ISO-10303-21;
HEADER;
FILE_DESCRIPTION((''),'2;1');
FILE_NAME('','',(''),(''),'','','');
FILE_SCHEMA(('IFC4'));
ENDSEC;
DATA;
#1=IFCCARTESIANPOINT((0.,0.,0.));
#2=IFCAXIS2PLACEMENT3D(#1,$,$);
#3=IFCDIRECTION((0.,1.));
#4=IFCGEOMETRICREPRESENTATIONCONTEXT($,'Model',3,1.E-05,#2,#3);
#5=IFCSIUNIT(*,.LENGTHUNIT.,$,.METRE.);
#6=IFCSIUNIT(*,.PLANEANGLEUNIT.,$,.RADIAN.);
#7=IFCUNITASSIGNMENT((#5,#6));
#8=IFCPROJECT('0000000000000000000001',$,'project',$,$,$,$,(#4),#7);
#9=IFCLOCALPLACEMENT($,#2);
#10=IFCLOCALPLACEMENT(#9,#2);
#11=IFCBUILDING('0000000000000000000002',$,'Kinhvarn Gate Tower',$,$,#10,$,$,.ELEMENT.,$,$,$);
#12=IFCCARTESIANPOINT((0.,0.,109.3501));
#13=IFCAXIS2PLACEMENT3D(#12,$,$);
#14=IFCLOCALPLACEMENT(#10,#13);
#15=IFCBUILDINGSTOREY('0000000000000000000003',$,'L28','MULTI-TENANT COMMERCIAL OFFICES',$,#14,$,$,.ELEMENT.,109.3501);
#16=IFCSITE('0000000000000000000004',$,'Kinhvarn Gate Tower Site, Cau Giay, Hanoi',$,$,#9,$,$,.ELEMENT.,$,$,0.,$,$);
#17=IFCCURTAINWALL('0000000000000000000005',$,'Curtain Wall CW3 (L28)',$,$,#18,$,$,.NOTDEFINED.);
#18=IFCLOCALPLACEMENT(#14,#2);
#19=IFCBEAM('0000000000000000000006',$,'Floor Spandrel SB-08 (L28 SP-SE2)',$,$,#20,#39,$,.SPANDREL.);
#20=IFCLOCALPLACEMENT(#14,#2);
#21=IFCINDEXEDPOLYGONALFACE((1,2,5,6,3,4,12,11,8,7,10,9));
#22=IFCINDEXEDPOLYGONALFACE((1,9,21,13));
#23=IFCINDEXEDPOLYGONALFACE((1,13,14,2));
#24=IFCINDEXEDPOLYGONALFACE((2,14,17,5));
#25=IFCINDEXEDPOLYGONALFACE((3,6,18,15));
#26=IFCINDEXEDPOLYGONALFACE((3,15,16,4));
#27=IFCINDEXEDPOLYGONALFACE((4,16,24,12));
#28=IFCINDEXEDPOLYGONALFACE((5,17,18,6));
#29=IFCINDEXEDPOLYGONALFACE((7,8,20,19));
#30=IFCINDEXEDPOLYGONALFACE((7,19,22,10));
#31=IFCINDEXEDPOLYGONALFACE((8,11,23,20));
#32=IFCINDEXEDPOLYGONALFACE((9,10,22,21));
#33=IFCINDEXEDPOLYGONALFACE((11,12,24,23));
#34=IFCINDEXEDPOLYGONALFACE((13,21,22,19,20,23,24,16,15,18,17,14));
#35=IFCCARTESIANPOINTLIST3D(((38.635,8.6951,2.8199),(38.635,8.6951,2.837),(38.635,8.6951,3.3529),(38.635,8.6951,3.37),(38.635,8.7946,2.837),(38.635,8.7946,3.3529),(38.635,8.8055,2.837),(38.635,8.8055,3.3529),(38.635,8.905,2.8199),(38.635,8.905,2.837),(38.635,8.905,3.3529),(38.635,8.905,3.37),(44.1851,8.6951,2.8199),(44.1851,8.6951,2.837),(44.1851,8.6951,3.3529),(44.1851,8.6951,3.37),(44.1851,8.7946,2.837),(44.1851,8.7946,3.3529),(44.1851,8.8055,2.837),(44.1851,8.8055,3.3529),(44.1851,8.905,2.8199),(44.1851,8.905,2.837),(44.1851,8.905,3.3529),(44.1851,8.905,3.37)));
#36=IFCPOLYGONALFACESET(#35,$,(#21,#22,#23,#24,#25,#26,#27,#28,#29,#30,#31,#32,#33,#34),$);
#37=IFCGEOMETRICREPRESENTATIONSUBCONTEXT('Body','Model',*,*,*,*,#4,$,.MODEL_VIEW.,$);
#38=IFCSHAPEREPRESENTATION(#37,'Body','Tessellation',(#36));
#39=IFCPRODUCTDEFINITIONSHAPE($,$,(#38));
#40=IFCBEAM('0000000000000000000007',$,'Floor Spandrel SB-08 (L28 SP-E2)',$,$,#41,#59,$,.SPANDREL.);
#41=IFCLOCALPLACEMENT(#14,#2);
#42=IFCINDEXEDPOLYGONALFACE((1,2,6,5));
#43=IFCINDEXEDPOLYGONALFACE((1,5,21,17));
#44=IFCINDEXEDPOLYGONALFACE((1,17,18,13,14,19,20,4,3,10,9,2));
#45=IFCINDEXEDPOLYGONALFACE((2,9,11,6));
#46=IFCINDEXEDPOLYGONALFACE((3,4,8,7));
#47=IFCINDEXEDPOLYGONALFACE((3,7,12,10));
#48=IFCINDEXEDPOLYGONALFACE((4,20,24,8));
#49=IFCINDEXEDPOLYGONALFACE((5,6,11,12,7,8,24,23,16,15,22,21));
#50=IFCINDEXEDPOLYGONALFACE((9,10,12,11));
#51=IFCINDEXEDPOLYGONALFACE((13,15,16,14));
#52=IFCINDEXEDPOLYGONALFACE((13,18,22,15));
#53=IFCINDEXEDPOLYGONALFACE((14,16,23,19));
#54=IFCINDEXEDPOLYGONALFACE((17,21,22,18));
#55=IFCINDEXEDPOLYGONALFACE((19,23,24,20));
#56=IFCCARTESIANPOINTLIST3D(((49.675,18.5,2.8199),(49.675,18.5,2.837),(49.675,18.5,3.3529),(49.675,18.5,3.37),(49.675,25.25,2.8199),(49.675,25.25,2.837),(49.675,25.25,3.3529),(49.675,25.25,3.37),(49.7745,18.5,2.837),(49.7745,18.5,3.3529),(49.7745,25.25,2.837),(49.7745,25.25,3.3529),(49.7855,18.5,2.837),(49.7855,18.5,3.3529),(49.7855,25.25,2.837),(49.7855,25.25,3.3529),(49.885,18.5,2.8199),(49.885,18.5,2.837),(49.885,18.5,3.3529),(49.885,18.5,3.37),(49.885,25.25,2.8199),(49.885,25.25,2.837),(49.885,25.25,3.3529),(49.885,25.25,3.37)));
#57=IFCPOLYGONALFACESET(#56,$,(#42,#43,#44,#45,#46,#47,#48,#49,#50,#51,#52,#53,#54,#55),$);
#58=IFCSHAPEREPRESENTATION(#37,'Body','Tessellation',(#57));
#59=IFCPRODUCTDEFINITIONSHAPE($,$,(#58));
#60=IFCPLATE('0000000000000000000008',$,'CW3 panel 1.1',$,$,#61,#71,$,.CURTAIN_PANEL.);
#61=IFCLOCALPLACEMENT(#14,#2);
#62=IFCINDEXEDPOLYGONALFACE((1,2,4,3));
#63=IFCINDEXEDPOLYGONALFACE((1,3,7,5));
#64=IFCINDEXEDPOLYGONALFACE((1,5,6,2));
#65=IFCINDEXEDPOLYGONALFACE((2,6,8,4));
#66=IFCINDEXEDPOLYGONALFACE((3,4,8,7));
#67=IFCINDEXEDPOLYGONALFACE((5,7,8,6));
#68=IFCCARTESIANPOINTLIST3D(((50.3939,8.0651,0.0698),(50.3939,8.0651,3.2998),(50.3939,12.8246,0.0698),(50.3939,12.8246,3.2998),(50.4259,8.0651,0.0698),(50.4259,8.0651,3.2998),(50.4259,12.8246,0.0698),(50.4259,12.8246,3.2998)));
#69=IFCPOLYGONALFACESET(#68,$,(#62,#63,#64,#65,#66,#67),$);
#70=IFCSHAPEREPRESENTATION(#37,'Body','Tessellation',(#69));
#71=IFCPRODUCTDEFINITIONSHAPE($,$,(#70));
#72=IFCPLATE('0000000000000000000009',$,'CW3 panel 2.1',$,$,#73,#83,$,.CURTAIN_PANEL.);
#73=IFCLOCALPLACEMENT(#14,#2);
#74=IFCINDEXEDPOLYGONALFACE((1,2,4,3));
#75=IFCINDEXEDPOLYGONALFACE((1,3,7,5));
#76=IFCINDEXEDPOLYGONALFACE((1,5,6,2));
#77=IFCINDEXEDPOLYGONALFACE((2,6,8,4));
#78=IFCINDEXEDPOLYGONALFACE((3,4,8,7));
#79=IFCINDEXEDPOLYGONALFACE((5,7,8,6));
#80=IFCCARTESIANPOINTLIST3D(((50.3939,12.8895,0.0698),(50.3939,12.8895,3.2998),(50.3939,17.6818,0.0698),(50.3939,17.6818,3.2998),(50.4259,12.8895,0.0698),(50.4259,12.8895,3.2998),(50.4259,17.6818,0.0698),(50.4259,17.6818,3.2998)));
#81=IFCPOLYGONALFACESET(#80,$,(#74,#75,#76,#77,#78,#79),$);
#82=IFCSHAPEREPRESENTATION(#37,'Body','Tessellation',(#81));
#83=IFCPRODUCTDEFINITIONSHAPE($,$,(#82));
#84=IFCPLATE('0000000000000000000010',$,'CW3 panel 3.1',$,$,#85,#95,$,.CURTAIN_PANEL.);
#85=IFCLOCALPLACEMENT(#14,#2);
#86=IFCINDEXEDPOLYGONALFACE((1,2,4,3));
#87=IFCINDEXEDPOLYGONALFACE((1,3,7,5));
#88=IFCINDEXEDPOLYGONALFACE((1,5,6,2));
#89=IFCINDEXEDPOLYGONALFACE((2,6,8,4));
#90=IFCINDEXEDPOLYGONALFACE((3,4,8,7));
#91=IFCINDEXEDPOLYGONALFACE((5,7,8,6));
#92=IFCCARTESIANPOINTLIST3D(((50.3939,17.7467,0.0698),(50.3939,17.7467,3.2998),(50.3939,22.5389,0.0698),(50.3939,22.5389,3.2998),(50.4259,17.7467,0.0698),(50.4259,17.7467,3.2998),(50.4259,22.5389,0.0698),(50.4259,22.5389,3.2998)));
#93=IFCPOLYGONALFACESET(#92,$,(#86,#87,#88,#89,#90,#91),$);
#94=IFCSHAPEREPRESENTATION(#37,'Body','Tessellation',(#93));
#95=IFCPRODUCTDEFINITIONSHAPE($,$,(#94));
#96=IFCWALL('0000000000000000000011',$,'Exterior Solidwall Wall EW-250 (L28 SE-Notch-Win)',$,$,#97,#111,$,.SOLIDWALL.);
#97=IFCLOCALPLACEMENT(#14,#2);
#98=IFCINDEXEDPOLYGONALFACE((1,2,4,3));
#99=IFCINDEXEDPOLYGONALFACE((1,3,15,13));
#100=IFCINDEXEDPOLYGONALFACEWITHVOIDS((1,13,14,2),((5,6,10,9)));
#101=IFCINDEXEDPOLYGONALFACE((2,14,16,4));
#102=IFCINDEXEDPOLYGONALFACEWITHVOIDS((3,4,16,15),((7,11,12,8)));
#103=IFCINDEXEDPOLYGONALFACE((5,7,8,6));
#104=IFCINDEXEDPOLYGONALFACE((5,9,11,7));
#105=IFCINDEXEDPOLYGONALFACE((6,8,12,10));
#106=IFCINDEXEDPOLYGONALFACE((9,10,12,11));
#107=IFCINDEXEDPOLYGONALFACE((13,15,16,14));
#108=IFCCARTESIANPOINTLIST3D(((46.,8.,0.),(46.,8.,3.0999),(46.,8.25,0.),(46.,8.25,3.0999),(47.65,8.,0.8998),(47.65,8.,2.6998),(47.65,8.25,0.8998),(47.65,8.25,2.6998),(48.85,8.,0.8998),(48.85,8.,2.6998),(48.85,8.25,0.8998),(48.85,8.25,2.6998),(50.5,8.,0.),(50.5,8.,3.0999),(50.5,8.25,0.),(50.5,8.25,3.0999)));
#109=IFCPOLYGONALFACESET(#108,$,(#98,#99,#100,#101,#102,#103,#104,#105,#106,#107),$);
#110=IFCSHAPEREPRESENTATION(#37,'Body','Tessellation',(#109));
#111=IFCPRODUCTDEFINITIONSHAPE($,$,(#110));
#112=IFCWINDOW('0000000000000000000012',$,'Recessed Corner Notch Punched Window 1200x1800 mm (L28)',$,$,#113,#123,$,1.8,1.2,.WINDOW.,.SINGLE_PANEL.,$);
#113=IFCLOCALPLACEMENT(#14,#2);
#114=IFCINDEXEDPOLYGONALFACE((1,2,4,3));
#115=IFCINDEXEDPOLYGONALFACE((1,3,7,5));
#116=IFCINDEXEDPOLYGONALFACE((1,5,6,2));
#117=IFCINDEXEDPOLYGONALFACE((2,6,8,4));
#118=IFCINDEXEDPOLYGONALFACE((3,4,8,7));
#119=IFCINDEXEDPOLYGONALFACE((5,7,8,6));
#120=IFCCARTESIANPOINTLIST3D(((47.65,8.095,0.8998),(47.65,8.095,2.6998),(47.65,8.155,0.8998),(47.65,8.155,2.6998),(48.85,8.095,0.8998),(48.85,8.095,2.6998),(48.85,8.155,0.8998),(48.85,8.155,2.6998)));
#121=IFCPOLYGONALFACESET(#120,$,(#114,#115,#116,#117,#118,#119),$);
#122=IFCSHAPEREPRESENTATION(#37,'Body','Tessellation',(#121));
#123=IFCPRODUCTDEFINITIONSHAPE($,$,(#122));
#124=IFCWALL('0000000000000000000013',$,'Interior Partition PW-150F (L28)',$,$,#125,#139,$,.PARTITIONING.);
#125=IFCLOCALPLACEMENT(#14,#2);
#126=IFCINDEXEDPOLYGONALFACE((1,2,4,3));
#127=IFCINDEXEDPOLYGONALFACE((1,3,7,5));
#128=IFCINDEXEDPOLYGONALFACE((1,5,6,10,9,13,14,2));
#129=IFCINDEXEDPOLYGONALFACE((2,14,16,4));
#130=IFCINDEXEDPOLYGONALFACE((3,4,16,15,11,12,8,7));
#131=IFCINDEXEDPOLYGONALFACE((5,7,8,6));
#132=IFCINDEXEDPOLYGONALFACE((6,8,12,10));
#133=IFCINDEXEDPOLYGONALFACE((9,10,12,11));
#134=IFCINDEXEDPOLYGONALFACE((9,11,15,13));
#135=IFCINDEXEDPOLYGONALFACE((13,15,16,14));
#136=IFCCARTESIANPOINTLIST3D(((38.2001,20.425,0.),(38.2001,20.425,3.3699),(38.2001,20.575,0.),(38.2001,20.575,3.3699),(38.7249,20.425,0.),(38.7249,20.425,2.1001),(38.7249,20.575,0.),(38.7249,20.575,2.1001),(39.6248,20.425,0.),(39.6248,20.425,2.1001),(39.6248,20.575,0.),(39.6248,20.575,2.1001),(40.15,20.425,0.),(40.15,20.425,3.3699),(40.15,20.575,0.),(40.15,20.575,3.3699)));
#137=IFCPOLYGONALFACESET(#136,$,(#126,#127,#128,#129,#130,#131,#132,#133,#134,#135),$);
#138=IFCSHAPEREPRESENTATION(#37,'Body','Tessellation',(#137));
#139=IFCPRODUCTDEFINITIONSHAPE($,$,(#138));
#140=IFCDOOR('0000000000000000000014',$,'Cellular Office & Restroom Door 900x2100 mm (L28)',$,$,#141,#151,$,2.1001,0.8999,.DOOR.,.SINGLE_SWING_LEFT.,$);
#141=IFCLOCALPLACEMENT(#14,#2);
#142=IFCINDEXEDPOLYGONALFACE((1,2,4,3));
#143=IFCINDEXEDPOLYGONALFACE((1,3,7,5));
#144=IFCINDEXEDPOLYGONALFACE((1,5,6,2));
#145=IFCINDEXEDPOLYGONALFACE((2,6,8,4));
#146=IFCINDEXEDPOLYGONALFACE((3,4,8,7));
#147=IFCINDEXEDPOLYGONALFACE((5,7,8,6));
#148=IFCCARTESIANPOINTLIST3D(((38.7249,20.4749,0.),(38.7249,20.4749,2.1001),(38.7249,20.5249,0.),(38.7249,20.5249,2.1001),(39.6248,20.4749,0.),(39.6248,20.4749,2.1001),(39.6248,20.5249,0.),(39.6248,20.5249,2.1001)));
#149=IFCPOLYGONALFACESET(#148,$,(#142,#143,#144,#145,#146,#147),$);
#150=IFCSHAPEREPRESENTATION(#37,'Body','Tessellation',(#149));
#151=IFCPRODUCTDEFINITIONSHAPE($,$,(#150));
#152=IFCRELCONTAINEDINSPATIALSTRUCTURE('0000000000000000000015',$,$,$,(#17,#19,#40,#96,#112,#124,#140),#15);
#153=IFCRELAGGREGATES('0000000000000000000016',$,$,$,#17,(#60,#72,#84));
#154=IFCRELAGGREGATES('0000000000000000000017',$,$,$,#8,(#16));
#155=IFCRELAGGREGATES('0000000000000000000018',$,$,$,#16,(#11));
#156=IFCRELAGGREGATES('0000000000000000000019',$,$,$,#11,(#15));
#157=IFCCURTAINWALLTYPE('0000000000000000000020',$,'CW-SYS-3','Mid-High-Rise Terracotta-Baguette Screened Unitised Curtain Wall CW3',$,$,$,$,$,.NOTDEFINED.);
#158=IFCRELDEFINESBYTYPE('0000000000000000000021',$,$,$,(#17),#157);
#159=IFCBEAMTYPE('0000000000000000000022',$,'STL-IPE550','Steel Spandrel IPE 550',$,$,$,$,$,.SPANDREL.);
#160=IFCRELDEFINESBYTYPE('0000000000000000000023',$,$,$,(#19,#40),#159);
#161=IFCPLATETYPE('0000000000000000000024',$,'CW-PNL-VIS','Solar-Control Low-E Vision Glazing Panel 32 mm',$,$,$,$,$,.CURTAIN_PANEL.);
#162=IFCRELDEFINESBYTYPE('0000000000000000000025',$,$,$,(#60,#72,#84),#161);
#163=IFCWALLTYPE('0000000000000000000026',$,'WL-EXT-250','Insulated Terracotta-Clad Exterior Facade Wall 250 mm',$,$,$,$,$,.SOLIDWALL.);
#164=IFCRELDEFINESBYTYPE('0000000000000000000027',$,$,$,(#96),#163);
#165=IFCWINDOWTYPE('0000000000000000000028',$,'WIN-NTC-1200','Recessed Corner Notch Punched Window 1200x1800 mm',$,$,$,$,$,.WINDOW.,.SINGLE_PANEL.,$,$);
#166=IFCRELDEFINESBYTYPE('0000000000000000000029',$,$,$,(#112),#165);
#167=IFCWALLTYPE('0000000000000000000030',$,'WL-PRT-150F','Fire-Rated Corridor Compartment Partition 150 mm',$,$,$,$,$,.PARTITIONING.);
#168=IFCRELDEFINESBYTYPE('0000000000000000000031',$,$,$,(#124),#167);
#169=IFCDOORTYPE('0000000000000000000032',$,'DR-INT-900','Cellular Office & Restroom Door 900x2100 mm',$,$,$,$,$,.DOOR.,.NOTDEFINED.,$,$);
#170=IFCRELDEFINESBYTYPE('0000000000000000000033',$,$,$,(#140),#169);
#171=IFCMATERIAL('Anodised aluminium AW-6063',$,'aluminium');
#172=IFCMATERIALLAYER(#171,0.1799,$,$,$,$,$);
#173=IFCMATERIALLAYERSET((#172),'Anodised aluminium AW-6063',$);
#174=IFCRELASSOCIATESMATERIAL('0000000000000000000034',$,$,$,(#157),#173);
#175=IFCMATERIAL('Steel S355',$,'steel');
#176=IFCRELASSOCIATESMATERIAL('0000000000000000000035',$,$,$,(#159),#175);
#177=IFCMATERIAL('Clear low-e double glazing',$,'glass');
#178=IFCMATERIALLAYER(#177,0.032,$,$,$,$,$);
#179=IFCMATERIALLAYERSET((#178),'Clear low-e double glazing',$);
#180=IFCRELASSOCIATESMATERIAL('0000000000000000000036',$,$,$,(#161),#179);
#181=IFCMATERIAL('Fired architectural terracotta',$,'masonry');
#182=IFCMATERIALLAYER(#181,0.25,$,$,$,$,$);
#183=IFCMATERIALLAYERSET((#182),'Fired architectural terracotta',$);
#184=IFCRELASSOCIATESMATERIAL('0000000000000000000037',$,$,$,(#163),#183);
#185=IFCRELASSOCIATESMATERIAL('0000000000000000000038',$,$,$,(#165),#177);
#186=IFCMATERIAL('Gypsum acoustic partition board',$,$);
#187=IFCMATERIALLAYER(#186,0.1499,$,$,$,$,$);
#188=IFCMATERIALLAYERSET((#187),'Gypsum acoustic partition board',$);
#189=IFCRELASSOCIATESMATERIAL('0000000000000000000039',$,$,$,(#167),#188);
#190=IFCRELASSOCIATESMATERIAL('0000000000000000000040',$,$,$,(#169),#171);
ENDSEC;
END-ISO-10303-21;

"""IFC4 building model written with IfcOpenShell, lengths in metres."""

from ifc_helpers import new_model, si_unit, direction, frame, frame_2d, origin, origin_2d, place, context, subcontext, project, spatial, rectangle, i_section, extrude, material, layer, layer_set, material_profile, profile_set, type_object, element, fill, aggregate, save


model = new_model("IFC4")

# Units and contexts
model_context = context("Model", 3, precision=1e-05, world=origin(), true_north=direction((0.0, 1.0)))
body_context = subcontext(model_context, "Body", "Model", "MODEL_VIEW")
ifc_project = project(units=[si_unit("LENGTHUNIT", "METRE"), si_unit("PLANEANGLEUNIT", "RADIAN")], contexts=[model_context])

# Site, building, storey
site_placement = place(None, origin())
site = spatial("IfcSite", under=ifc_project, at=site_placement, Name="Kinhvarn Gate Tower Site, Cau Giay, Hanoi", CompositionType="ELEMENT", RefElevation=0.0)
building_placement = place(site_placement, origin())
building = spatial("IfcBuilding", under=site, at=building_placement, Name="Kinhvarn Gate Tower", CompositionType="ELEMENT")
storey_placement = place(building_placement, frame((0.0, 0.0, 109.3501)))
storey = spatial("IfcBuildingStorey", under=building, at=storey_placement, Name="L28", Description="MULTI-TENANT COMMERCIAL OFFICES", CompositionType="ELEMENT", Elevation=109.3501)

# Curtain wall
ifc_material_1 = material(Name="Anodised aluminium AW-6063", Category="aluminium")
ifc_layer_1 = layer(ifc_material_1, 0.1799)
ifc_layer_set_1 = layer_set([ifc_layer_1], Name="Anodised aluminium AW-6063")
curtain_wall_type = type_object("IfcCurtainWallType", Name="CW-SYS-3", Description="Mid-High-Rise Terracotta-Baguette Screened Unitised Curtain Wall CW3", PredefinedType="NOTDEFINED", material=ifc_layer_set_1)
curtain_wall_placement = place(storey_placement, origin())
curtain_wall = element("IfcCurtainWall", 1, at=curtain_wall_placement, inside=storey, type_object=curtain_wall_type, Name="Curtain Wall CW3 (L28)", PredefinedType="NOTDEFINED")

# Beams
ifc_material_2 = material(Name="Steel S355", Category="steel")
ifc_material_profile_1 = material_profile(ifc_material_2, i_section(OverallWidth=0.21, OverallDepth=0.55, WebThickness=0.011, FlangeThickness=0.0171, at=origin_2d()), Name="IPE 550")
ifc_profile_set_1 = profile_set([ifc_material_profile_1], Name="Steel S355")
beam_type_1 = type_object("IfcBeamType", Name="STL-IPE550", Description="Steel Spandrel IPE 550", PredefinedType="SPANDREL", material=ifc_profile_set_1)
beam_1_placement = place(storey_placement, frame((38.635, 8.8, 3.095), z_axis=(1.0, 0.0, 0.0), x_axis=(0.0, 1.0, 0.0)))
element("IfcBeam", 2, at=beam_1_placement, inside=storey, type_object=beam_type_1, Name="Floor Spandrel SB-08 (L28 SP-SE2)", PredefinedType="SPANDREL", context=body_context, shape_type="SweptSolid", body=[
    extrude(i_section(OverallWidth=0.21, OverallDepth=0.55, WebThickness=0.011, FlangeThickness=0.0171, at=origin_2d()), origin(), (0.0, 0.0, 1.0), 5.55),
])
beam_2_placement = place(storey_placement, frame((49.78, 18.5, 3.095), z_axis=(0.0, 1.0, 0.0), x_axis=(-1.0, 0.0, 0.0)))
element("IfcBeam", 3, at=beam_2_placement, inside=storey, type_object=beam_type_1, Name="Floor Spandrel SB-08 (L28 SP-E2)", PredefinedType="SPANDREL", context=body_context, shape_type="SweptSolid", body=[
    extrude(i_section(OverallWidth=0.21, OverallDepth=0.55, WebThickness=0.011, FlangeThickness=0.0171, at=origin_2d()), origin(), (0.0, 0.0, 1.0), 6.75),
])

# Plates
ifc_material_3 = material(Name="Clear low-e double glazing", Category="glass")
ifc_layer_2 = layer(ifc_material_3, 0.032)
ifc_layer_set_2 = layer_set([ifc_layer_2], Name="Clear low-e double glazing")
plate_type = type_object("IfcPlateType", Name="CW-PNL-VIS", Description="Solar-Control Low-E Vision Glazing Panel 32 mm", PredefinedType="CURTAIN_PANEL", material=ifc_layer_set_2)
plate_1_placement = place(storey_placement, frame((50.4099, 10.4448, 0.0698), z_axis=(0.0, 0.0, 1.0), x_axis=(0.0, 1.0, 0.0)))
plate_1 = element("IfcPlate", 4, at=plate_1_placement, type_object=plate_type, Name="CW3 panel 1.1", PredefinedType="CURTAIN_PANEL", context=body_context, shape_type="SweptSolid", body=[
    extrude(rectangle(XDim=4.7595, YDim=0.032, at=origin_2d()), origin(), (0.0, 0.0, 1.0), 3.23),
])
plate_2_placement = place(storey_placement, frame((50.4099, 15.2856, 0.0698), z_axis=(0.0, 0.0, 1.0), x_axis=(0.0, 1.0, 0.0)))
plate_2 = element("IfcPlate", 5, at=plate_2_placement, type_object=plate_type, Name="CW3 panel 2.1", PredefinedType="CURTAIN_PANEL", context=body_context, shape_type="SweptSolid", body=[
    extrude(rectangle(XDim=4.7922, YDim=0.032, at=origin_2d()), origin(), (0.0, 0.0, 1.0), 3.23),
])
plate_3_placement = place(storey_placement, frame((50.4099, 20.1428, 0.0698), z_axis=(0.0, 0.0, 1.0), x_axis=(0.0, 1.0, 0.0)))
plate_3 = element("IfcPlate", 6, at=plate_3_placement, type_object=plate_type, Name="CW3 panel 3.1", PredefinedType="CURTAIN_PANEL", context=body_context, shape_type="SweptSolid", body=[
    extrude(rectangle(XDim=4.7922, YDim=0.032, at=origin_2d()), origin(), (0.0, 0.0, 1.0), 3.23),
])
aggregate(curtain_wall, [plate_1, plate_2, plate_3])

# Wall, opening, window
ifc_material_4 = material(Name="Fired architectural terracotta", Category="masonry")
ifc_layer_3 = layer(ifc_material_4, 0.25)
ifc_layer_set_3 = layer_set([ifc_layer_3], Name="Fired architectural terracotta")
wall_type_1 = type_object("IfcWallType", Name="WL-EXT-250", Description="Insulated Terracotta-Clad Exterior Facade Wall 250 mm", PredefinedType="SOLIDWALL", material=ifc_layer_set_3)
wall_1_placement = place(storey_placement, frame((46.0, 8.125, 0.0), z_axis=(0.0, 0.0, 1.0), x_axis=(1.0, 0.0, 0.0)))
wall_1 = element("IfcWall", 7, at=wall_1_placement, inside=storey, type_object=wall_type_1, Name="Exterior Solidwall Wall EW-250 (L28 SE-Notch-Win)", PredefinedType="SOLIDWALL", context=body_context, shape_type="SweptSolid", body=[
    extrude(rectangle(XDim=4.5, YDim=0.25, at=frame_2d((2.25, 0.0))), origin(), (0.0, 0.0, 1.0), 3.0999),
])
opening_1_placement = place(wall_1_placement, frame((1.6499, 0.0, 0.8999)))
opening_1 = element("IfcOpeningElement", 8, at=opening_1_placement, cuts=wall_1, PredefinedType="OPENING", context=body_context, shape_type="SweptSolid", body=[
    extrude(rectangle(XDim=1.2, YDim=1.8, at=frame_2d((0.6001, 0.8999))), frame((0.0, 0.135, 0.0), z_axis=(0.0, -1.0, 0.0), x_axis=(1.0, 0.0, 0.0)), (0.0, 0.0, 1.0), 0.27),
])
window_type = type_object("IfcWindowType", Name="WIN-NTC-1200", Description="Recessed Corner Notch Punched Window 1200x1800 mm", PartitioningType="SINGLE_PANEL", PredefinedType="WINDOW", material=ifc_material_3)
window_placement = place(opening_1_placement, origin())
window = element("IfcWindow", 9, at=window_placement, inside=storey, type_object=window_type, Name="Recessed Corner Notch Punched Window 1200x1800 mm (L28)", OverallHeight=1.8, OverallWidth=1.2, PartitioningType="SINGLE_PANEL", PredefinedType="WINDOW", context=body_context, shape_type="SweptSolid", body=[
    extrude(rectangle(XDim=1.2, YDim=1.8, at=frame_2d((0.6001, 0.8999))), frame((0.0, 0.03, 0.0), z_axis=(0.0, -1.0, 0.0), x_axis=(1.0, 0.0, 0.0)), (0.0, 0.0, 1.0), 0.0601),
])
fill(opening_1, window)

# Wall, opening, door
ifc_material_5 = material(Name="Gypsum acoustic partition board")
ifc_layer_4 = layer(ifc_material_5, 0.1499)
ifc_layer_set_4 = layer_set([ifc_layer_4], Name="Gypsum acoustic partition board")
wall_type_2 = type_object("IfcWallType", Name="WL-PRT-150F", Description="Fire-Rated Corridor Compartment Partition 150 mm", PredefinedType="PARTITIONING", material=ifc_layer_set_4)
wall_2_placement = place(storey_placement, frame((38.2, 20.5, 0.0), z_axis=(0.0, 0.0, 1.0), x_axis=(1.0, 0.0, 0.0)))
wall_2 = element("IfcWall", 10, at=wall_2_placement, inside=storey, type_object=wall_type_2, Name="Interior Partition PW-150F (L28)", PredefinedType="PARTITIONING", context=body_context, shape_type="SweptSolid", body=[
    extrude(rectangle(XDim=1.95, YDim=0.1499, at=frame_2d((0.9751, 0.0))), origin(), (0.0, 0.0, 1.0), 3.3699),
])
opening_2_placement = place(wall_2_placement, frame((0.5249, 0.0, 0.0)))
opening_2 = element("IfcOpeningElement", 11, at=opening_2_placement, cuts=wall_2, PredefinedType="OPENING", context=body_context, shape_type="SweptSolid", body=[
    extrude(rectangle(XDim=0.8999, YDim=2.1001, at=frame_2d((0.45, 1.05))), frame((0.0, 0.085, 0.0), z_axis=(0.0, -1.0, 0.0), x_axis=(1.0, 0.0, 0.0)), (0.0, 0.0, 1.0), 0.1699),
])
door_type = type_object("IfcDoorType", Name="DR-INT-900", Description="Cellular Office & Restroom Door 900x2100 mm", OperationType="NOTDEFINED", PredefinedType="DOOR", material=ifc_material_1)
door_placement = place(opening_2_placement, origin())
door = element("IfcDoor", 12, at=door_placement, inside=storey, type_object=door_type, Name="Cellular Office & Restroom Door 900x2100 mm (L28)", OperationType="SINGLE_SWING_LEFT", OverallHeight=2.1001, OverallWidth=0.8999, PredefinedType="DOOR", context=body_context, shape_type="SweptSolid", body=[
    extrude(rectangle(XDim=0.8999, YDim=2.1001, at=frame_2d((0.45, 1.05))), frame((0.0, 0.0249, 0.0), z_axis=(0.0, -1.0, 0.0), x_axis=(1.0, 0.0, 0.0)), (0.0, 0.0, 1.0), 0.05),
])
fill(opening_2, door)

save(model, "model.ifc")
